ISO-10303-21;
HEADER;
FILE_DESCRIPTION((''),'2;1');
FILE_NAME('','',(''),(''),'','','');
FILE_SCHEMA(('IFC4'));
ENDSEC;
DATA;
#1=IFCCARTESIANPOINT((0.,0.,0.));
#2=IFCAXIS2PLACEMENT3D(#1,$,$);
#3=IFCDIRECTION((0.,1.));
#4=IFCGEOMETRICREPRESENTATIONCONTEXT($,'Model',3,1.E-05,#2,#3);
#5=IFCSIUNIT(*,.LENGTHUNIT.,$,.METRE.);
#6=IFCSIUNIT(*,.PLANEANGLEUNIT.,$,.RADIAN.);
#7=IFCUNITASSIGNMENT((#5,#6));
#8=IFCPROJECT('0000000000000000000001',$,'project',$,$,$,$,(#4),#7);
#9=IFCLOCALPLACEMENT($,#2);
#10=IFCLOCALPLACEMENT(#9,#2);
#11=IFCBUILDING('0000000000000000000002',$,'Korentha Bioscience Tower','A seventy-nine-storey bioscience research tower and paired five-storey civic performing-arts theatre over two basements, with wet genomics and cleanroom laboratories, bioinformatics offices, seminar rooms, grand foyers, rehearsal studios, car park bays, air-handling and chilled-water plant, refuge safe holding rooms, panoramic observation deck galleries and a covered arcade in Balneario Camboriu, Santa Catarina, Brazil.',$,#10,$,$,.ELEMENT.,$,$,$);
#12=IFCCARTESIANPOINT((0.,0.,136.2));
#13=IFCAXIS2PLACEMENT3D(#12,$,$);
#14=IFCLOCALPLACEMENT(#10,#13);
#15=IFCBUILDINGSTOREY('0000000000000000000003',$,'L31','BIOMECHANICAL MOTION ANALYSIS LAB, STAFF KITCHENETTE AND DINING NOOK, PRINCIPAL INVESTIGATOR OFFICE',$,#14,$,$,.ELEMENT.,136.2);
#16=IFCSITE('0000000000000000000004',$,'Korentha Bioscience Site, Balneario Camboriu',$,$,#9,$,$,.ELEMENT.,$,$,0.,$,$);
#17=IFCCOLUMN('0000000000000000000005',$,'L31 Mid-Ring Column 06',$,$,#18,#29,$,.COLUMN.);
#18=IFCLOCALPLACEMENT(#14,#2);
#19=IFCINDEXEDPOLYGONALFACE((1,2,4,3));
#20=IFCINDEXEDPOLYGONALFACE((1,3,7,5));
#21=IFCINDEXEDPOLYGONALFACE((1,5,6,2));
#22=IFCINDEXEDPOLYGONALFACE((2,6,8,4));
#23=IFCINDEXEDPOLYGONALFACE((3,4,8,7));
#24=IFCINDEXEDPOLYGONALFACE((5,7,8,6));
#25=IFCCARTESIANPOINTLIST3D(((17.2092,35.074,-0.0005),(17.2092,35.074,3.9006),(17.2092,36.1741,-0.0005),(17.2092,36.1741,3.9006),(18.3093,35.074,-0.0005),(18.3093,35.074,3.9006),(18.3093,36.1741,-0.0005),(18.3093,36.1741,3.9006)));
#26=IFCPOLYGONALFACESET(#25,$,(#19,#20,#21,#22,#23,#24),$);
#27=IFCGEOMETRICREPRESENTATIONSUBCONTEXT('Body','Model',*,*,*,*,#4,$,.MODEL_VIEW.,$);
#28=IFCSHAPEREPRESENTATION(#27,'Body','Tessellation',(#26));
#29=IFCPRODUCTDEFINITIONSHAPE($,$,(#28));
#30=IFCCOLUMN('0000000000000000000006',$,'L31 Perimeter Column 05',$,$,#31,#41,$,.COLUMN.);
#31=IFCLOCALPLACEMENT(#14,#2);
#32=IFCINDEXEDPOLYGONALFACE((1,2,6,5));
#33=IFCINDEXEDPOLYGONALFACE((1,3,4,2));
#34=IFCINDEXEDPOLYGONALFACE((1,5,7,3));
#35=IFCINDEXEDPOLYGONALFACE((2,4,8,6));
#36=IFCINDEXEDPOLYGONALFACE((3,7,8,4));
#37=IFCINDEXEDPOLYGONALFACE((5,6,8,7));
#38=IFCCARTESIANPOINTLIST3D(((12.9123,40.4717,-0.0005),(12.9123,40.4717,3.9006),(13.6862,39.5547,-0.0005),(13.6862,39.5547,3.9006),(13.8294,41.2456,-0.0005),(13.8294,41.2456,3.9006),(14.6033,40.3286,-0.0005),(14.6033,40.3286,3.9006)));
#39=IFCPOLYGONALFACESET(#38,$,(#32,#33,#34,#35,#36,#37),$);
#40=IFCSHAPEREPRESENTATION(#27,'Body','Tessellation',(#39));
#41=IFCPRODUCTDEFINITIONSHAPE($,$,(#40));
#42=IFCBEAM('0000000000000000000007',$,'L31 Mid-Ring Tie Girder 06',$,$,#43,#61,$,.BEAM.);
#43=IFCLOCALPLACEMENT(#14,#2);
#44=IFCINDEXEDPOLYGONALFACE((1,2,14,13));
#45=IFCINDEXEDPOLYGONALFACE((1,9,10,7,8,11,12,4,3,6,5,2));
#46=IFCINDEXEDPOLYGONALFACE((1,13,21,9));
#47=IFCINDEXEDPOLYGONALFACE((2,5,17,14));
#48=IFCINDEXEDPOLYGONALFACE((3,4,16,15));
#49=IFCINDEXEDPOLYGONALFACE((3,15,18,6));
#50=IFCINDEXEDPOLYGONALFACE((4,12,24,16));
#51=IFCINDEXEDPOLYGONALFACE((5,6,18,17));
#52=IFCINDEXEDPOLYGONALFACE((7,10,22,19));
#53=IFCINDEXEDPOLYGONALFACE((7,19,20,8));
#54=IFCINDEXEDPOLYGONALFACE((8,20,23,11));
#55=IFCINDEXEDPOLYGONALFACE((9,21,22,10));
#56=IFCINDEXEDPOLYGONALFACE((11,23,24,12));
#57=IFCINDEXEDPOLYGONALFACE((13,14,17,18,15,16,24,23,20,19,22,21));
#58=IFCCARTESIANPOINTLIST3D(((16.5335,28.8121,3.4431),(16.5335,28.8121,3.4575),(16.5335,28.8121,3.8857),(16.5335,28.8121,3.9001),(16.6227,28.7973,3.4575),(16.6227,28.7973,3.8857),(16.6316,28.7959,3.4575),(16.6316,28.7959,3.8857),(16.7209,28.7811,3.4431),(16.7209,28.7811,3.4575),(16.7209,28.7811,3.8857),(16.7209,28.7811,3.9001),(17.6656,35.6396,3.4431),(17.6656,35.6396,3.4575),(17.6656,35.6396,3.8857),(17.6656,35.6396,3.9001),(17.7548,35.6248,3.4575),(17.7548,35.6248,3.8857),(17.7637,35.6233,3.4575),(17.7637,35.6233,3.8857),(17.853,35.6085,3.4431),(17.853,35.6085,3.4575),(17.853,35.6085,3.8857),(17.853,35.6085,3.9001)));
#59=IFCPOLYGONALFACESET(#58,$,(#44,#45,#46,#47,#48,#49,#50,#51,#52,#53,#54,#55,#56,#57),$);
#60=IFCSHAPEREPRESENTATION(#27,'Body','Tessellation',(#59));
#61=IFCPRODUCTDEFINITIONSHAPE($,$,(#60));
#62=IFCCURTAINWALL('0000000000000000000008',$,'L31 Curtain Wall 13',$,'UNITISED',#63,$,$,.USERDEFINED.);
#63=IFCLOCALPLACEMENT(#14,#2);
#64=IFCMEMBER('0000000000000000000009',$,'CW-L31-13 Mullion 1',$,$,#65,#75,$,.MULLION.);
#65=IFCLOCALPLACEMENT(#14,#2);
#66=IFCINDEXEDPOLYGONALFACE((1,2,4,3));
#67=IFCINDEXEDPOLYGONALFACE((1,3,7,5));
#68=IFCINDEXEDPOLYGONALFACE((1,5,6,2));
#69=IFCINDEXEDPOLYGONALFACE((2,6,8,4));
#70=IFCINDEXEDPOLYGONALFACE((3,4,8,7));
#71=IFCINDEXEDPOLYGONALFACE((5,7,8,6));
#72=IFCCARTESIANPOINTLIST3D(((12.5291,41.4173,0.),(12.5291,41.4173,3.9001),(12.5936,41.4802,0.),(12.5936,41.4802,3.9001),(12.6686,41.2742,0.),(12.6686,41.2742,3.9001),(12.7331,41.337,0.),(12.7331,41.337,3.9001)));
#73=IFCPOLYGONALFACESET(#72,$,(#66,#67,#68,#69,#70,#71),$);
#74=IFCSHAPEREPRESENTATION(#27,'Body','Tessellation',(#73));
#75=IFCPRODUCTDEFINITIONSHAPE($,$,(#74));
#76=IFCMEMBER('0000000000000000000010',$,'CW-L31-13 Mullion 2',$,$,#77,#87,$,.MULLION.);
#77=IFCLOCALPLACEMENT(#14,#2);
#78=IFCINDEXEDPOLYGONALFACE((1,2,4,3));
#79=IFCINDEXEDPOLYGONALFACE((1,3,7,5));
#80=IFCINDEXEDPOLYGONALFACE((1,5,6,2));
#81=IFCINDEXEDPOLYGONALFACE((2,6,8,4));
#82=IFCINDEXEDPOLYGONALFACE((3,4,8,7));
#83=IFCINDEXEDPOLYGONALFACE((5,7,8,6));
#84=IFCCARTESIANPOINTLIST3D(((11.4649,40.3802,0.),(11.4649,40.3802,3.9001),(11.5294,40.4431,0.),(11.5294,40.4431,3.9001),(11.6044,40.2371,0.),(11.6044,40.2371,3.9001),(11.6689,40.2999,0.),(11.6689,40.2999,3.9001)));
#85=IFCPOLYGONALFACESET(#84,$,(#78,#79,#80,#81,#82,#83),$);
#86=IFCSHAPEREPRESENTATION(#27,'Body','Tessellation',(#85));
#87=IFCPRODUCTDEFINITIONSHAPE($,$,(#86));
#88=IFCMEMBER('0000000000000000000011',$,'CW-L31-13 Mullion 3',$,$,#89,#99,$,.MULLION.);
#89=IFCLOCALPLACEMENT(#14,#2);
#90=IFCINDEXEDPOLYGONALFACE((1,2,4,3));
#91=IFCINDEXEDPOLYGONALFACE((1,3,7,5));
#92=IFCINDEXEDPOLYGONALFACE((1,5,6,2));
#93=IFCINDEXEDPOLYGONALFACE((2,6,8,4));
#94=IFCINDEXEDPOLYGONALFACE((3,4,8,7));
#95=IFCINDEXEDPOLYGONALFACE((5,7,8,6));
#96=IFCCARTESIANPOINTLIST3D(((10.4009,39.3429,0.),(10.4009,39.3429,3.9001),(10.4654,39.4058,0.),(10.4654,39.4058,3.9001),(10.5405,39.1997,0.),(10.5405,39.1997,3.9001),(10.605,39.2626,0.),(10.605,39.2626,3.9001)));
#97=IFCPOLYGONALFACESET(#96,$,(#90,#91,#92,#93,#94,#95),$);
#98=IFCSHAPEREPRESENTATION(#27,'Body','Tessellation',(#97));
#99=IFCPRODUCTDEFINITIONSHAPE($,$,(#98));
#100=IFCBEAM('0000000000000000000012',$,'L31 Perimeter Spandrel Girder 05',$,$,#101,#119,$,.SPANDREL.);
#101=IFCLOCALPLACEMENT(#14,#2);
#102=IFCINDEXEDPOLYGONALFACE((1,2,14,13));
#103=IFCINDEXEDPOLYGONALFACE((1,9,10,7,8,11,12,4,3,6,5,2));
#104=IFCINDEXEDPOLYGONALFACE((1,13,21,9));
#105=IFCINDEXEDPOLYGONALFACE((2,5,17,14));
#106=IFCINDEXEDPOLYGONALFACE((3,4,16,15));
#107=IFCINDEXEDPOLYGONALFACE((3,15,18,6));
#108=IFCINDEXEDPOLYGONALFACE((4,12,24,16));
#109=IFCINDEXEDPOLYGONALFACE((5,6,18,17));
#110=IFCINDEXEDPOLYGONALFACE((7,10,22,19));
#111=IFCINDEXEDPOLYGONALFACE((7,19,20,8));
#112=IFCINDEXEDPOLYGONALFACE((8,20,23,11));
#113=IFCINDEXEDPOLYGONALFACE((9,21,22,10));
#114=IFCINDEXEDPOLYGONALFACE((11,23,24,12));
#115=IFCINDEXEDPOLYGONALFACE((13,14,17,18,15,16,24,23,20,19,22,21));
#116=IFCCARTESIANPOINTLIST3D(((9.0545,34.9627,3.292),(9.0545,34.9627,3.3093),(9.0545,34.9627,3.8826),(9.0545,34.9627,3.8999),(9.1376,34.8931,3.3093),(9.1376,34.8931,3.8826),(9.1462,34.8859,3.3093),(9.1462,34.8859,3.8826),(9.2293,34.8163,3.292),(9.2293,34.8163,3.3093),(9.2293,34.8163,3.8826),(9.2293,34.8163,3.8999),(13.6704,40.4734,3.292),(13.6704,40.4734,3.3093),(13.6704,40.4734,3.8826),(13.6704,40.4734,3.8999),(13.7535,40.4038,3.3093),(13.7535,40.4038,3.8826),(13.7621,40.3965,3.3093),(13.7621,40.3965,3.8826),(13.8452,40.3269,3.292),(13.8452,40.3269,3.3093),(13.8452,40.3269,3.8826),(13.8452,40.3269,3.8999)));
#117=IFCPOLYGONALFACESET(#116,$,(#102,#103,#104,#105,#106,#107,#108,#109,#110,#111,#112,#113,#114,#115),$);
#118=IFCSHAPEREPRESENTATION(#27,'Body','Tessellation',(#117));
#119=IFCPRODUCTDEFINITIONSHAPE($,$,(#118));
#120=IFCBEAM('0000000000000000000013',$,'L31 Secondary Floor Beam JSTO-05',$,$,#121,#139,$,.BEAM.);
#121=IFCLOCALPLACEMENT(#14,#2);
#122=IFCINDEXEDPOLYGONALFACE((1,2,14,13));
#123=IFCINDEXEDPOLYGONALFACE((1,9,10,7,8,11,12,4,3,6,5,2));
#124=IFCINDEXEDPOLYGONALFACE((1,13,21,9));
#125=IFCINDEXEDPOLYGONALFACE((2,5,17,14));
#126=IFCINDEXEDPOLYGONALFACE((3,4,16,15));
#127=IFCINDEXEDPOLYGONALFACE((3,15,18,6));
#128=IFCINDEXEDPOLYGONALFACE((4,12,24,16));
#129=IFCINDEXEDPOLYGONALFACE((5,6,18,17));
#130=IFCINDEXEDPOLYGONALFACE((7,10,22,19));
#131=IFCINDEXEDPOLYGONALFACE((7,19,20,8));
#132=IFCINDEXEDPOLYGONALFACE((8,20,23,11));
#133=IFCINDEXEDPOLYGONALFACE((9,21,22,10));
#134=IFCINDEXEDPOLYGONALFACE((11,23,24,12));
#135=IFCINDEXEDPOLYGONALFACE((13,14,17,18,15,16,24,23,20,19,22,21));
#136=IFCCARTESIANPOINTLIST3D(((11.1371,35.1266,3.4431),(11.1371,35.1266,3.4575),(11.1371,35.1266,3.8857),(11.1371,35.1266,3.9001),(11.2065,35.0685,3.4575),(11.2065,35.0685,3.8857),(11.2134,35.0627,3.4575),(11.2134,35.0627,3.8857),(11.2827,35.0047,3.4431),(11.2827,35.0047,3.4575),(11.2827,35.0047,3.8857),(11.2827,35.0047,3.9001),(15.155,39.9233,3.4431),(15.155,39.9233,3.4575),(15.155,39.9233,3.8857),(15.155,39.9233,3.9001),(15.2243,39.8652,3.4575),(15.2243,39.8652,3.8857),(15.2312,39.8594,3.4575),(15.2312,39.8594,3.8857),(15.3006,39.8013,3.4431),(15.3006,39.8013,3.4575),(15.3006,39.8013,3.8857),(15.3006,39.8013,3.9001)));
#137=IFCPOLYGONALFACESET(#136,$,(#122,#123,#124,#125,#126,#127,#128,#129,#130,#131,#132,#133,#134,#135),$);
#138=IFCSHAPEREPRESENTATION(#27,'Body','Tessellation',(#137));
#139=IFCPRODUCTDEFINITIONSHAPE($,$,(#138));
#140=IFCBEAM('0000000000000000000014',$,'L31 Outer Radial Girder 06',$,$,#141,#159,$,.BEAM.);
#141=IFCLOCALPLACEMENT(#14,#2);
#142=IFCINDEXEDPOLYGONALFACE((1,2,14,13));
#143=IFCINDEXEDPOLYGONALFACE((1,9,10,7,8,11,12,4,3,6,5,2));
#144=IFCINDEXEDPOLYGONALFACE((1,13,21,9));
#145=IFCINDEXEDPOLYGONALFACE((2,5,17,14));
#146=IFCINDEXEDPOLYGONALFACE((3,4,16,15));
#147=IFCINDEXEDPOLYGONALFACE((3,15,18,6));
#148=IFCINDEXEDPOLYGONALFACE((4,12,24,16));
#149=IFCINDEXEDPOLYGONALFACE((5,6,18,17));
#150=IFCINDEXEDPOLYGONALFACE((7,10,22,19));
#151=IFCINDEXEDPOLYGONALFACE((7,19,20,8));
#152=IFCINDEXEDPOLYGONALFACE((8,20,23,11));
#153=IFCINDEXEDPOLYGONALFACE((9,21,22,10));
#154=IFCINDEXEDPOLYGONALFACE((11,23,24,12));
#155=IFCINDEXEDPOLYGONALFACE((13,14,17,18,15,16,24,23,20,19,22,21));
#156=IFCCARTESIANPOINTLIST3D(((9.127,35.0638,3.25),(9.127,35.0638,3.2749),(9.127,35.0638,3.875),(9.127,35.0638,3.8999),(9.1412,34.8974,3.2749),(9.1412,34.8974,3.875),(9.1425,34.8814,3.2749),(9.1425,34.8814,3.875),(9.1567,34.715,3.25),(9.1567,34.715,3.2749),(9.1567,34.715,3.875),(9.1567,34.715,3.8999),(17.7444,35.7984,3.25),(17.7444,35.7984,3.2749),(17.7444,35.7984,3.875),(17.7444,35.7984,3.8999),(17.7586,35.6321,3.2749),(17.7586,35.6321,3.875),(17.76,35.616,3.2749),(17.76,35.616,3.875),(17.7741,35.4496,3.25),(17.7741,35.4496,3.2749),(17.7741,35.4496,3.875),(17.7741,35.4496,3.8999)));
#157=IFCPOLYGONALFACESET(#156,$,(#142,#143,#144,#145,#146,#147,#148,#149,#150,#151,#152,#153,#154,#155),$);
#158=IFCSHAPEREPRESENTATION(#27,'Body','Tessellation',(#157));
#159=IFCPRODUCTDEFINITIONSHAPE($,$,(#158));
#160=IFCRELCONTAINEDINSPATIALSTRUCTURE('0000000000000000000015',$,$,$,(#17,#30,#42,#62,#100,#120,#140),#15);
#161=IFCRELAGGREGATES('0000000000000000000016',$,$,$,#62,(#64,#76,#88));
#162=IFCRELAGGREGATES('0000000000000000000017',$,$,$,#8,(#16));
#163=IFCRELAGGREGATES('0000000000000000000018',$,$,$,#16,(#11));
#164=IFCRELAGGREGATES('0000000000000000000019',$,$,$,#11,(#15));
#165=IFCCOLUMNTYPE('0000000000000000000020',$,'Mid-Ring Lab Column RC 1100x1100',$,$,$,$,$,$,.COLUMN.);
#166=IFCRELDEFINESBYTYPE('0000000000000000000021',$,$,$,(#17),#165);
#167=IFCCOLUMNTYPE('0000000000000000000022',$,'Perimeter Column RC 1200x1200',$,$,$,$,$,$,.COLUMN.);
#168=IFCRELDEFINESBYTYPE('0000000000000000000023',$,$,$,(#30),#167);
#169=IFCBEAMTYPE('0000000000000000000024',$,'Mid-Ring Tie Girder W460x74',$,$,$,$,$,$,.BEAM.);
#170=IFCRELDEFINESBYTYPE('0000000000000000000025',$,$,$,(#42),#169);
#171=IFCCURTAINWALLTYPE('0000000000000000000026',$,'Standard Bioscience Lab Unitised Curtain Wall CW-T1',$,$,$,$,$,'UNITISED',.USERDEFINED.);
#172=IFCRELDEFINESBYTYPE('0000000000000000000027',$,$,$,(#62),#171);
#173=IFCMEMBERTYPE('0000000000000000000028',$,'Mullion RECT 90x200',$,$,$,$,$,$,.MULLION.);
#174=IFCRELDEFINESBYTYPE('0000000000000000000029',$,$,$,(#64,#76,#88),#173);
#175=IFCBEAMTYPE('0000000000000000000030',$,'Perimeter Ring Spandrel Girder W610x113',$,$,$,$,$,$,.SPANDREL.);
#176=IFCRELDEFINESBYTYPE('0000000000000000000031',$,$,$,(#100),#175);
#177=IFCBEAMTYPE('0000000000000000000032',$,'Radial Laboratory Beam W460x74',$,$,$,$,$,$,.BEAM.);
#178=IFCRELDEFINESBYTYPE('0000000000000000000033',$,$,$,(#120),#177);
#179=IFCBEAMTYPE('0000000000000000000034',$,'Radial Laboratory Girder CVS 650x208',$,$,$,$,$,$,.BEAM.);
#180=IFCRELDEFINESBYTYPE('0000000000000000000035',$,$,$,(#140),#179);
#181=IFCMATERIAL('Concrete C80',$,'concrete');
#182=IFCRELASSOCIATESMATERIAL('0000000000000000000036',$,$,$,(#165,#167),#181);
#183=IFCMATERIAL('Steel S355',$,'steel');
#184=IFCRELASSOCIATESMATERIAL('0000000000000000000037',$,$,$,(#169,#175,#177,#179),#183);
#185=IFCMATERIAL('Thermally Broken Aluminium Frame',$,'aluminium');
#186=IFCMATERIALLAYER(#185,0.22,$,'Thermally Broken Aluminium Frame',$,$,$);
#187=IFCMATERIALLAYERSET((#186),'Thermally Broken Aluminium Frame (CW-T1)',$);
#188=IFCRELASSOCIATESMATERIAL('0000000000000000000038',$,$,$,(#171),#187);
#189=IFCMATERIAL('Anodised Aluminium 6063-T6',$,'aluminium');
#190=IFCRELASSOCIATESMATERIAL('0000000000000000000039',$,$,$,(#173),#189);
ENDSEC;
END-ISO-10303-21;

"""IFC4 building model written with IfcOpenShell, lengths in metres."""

from ifc_helpers import new_model, si_unit, direction, frame, origin, origin_2d, place, context, subcontext, project, spatial, rectangle, i_section, extrude, material, layer, layer_set, material_profile, profile_set, type_object, element, aggregate, save


model = new_model("IFC4")

# Units and contexts
model_context = context("Model", 3, precision=1e-05, world=origin(), true_north=direction((0.0, 1.0)))
body_context = subcontext(model_context, "Body", "Model", "MODEL_VIEW")
ifc_project = project(units=[si_unit("LENGTHUNIT", "METRE"), si_unit("PLANEANGLEUNIT", "RADIAN")], contexts=[model_context])

# Site, building, storey
site_placement = place(None, origin())
site = spatial("IfcSite", under=ifc_project, at=site_placement, Name="Korentha Bioscience Site, Balneario Camboriu", CompositionType="ELEMENT", RefElevation=0.0)
building_placement = place(site_placement, origin())
building = spatial("IfcBuilding", under=site, at=building_placement, Name="Korentha Bioscience Tower", Description="A seventy-nine-storey bioscience research tower and paired five-storey civic performing-arts theatre over two basements, with wet genomics and cleanroom laboratories, bioinformatics offices, seminar rooms, grand foyers, rehearsal studios, car park bays, air-handling and chilled-water plant, refuge safe holding rooms, panoramic observation deck galleries and a covered arcade in Balneario Camboriu, Santa Catarina, Brazil.", CompositionType="ELEMENT")
storey_placement = place(building_placement, frame((0.0, 0.0, 136.2)))
storey = spatial("IfcBuildingStorey", under=building, at=storey_placement, Name="L31", Description="BIOMECHANICAL MOTION ANALYSIS LAB, STAFF KITCHENETTE AND DINING NOOK, PRINCIPAL INVESTIGATOR OFFICE", CompositionType="ELEMENT", Elevation=136.2)

# Columns
ifc_material_1 = material(Name="Concrete C80", Category="concrete")
ifc_material_profile_1 = material_profile(ifc_material_1, rectangle(XDim=1.1001, YDim=1.1001, at=origin_2d()), Name="Concrete C80")
ifc_profile_set_1 = profile_set([ifc_material_profile_1], Name="Concrete C80 (COL-MR11)")
column_type_1 = type_object("IfcColumnType", Name="Mid-Ring Lab Column RC 1100x1100", PredefinedType="COLUMN", material=ifc_profile_set_1)
column_1_placement = place(storey_placement, frame((17.7593, 35.624, -0.0005), z_axis=(0.0, 0.0, 1.0), x_axis=(1.0, 0.0, 0.0)))
element("IfcColumn", 1, at=column_1_placement, inside=storey, type_object=column_type_1, Name="L31 Mid-Ring Column 06", PredefinedType="COLUMN", context=body_context, shape_type="SweptSolid", body=[
    extrude(rectangle(XDim=1.1001, YDim=1.1001, at=origin_2d()), origin(), (0.0, 0.0, 1.0), 3.9011),
])
ifc_material_profile_2 = material_profile(ifc_material_1, rectangle(XDim=1.2, YDim=1.2, at=origin_2d()), Name="Concrete C80")
ifc_profile_set_2 = profile_set([ifc_material_profile_2], Name="Concrete C80 (COL-P12)")
column_type_2 = type_object("IfcColumnType", Name="Perimeter Column RC 1200x1200", PredefinedType="COLUMN", material=ifc_profile_set_2)
column_2_placement = place(storey_placement, frame((13.7578, 40.4001, -0.0005), z_axis=(0.0, 0.0, 1.0), x_axis=(0.764246, 0.644924, 0.0)))
element("IfcColumn", 2, at=column_2_placement, inside=storey, type_object=column_type_2, Name="L31 Perimeter Column 05", PredefinedType="COLUMN", context=body_context, shape_type="SweptSolid", body=[
    extrude(rectangle(XDim=1.2, YDim=1.2, at=origin_2d()), origin(), (0.0, 0.0, 1.0), 3.9011),
])

# Beam
ifc_material_2 = material(Name="Steel S355", Category="steel")
ifc_material_profile_3 = material_profile(ifc_material_2, i_section(OverallWidth=0.1899, OverallDepth=0.457, WebThickness=0.009, FlangeThickness=0.0144, at=origin_2d()), Name="Steel S355")
ifc_profile_set_3 = profile_set([ifc_material_profile_3], Name="Steel S355 (MB-460)")
beam_type_1 = type_object("IfcBeamType", Name="Mid-Ring Tie Girder W460x74", PredefinedType="BEAM", material=ifc_profile_set_3)
beam_1_placement = place(storey_placement, frame((17.7593, 35.624, 3.6716), z_axis=(-0.163581, -0.98653, 0.0), x_axis=(0.98653, -0.163581, 0.0)))
element("IfcBeam", 3, at=beam_1_placement, inside=storey, type_object=beam_type_1, Name="L31 Mid-Ring Tie Girder 06", PredefinedType="BEAM", context=body_context, shape_type="SweptSolid", body=[
    extrude(i_section(OverallWidth=0.1899, OverallDepth=0.457, WebThickness=0.009, FlangeThickness=0.0144, at=origin_2d()), origin(), (0.0, 0.0, 1.0), 6.9207),
])

# Curtain wall, members
ifc_material_3 = material(Name="Thermally Broken Aluminium Frame", Category="aluminium")
ifc_layer_1 = layer(ifc_material_3, 0.22, Name="Thermally Broken Aluminium Frame")
ifc_layer_set_1 = layer_set([ifc_layer_1], Name="Thermally Broken Aluminium Frame (CW-T1)")
curtain_wall_type = type_object("IfcCurtainWallType", Name="Standard Bioscience Lab Unitised Curtain Wall CW-T1", ElementType="UNITISED", PredefinedType="USERDEFINED", material=ifc_layer_set_1)
curtain_wall_placement = place(storey_placement, origin())
curtain_wall = element("IfcCurtainWall", 4, at=curtain_wall_placement, inside=storey, type_object=curtain_wall_type, Name="L31 Curtain Wall 13", ObjectType="UNITISED", PredefinedType="USERDEFINED")
ifc_material_4 = material(Name="Anodised Aluminium 6063-T6", Category="aluminium")
ifc_material_profile_4 = material_profile(ifc_material_4, rectangle(XDim=0.0901, YDim=0.2, at=origin_2d()), Name="Anodised Aluminium 6063-T6")
ifc_profile_set_4 = profile_set([ifc_material_profile_4], Name="Anodised Aluminium 6063-T6 (CW-MUL)")
member_type_1 = type_object("IfcMemberType", Name="Mullion RECT 90x200", PredefinedType="MULLION", material=ifc_profile_set_4)
member_1_placement = place(storey_placement, frame((12.6311, 41.3772, 0.0), z_axis=(0.0, 0.0, 1.0), x_axis=(-0.716096, -0.698002, 0.0)))
member_1 = element("IfcMember", 5, at=member_1_placement, type_object=member_type_1, Name="CW-L31-13 Mullion 1", PredefinedType="MULLION", context=body_context, shape_type="SweptSolid", body=[
    extrude(rectangle(XDim=0.0901, YDim=0.2, at=origin_2d()), origin(), (0.0, 0.0, 1.0), 3.9001),
])
member_2_placement = place(storey_placement, frame((11.5669, 40.3401, 0.0), z_axis=(0.0, 0.0, 1.0), x_axis=(-0.716096, -0.698002, 0.0)))
member_2 = element("IfcMember", 6, at=member_2_placement, type_object=member_type_1, Name="CW-L31-13 Mullion 2", PredefinedType="MULLION", context=body_context, shape_type="SweptSolid", body=[
    extrude(rectangle(XDim=0.0901, YDim=0.2, at=origin_2d()), origin(), (0.0, 0.0, 1.0), 3.9001),
])
member_3_placement = place(storey_placement, frame((10.5029, 39.3027, 0.0), z_axis=(0.0, 0.0, 1.0), x_axis=(-0.716096, -0.698002, 0.0)))
member_3 = element("IfcMember", 7, at=member_3_placement, type_object=member_type_1, Name="CW-L31-13 Mullion 3", PredefinedType="MULLION", context=body_context, shape_type="SweptSolid", body=[
    extrude(rectangle(XDim=0.0901, YDim=0.2, at=origin_2d()), origin(), (0.0, 0.0, 1.0), 3.9001),
])

# Beams
ifc_material_profile_5 = material_profile(ifc_material_2, i_section(OverallWidth=0.228, OverallDepth=0.6079, WebThickness=0.0112, FlangeThickness=0.0173, at=origin_2d()), Name="Steel S355")
ifc_profile_set_5 = profile_set([ifc_material_profile_5], Name="Steel S355 (SB-610)")
beam_type_2 = type_object("IfcBeamType", Name="Perimeter Ring Spandrel Girder W610x113", PredefinedType="SPANDREL", material=ifc_profile_set_5)
beam_2_placement = place(storey_placement, frame((13.7578, 40.4001, 3.5959), z_axis=(-0.642127, -0.766599, 0.0), x_axis=(0.766599, -0.642127, 0.0)))
element("IfcBeam", 8, at=beam_2_placement, inside=storey, type_object=beam_type_2, Name="L31 Perimeter Spandrel Girder 05", PredefinedType="SPANDREL", context=body_context, shape_type="SweptSolid", body=[
    extrude(i_section(OverallWidth=0.228, OverallDepth=0.6079, WebThickness=0.0112, FlangeThickness=0.0173, at=origin_2d()), origin(), (0.0, 0.0, 1.0), 7.1885),
])
ifc_material_profile_6 = material_profile(ifc_material_2, i_section(OverallWidth=0.1899, OverallDepth=0.457, WebThickness=0.009, FlangeThickness=0.0144, at=origin_2d()), Name="Steel S355")
ifc_profile_set_6 = profile_set([ifc_material_profile_6], Name="Steel S355 (RB-460)")
beam_type_3 = type_object("IfcBeamType", Name="Radial Laboratory Beam W460x74", PredefinedType="BEAM", material=ifc_profile_set_6)
beam_3_placement = place(storey_placement, frame((15.2278, 39.8623, 3.6716), z_axis=(-0.642128, -0.766597, 0.0), x_axis=(0.766597, -0.642128, 0.0)))
element("IfcBeam", 9, at=beam_3_placement, inside=storey, type_object=beam_type_3, Name="L31 Secondary Floor Beam JSTO-05", PredefinedType="BEAM", context=body_context, shape_type="SweptSolid", body=[
    extrude(i_section(OverallWidth=0.1899, OverallDepth=0.457, WebThickness=0.009, FlangeThickness=0.0144, at=origin_2d()), origin(), (0.0, 0.0, 1.0), 6.2571),
])
ifc_material_profile_7 = material_profile(ifc_material_2, i_section(OverallWidth=0.3501, OverallDepth=0.6499, WebThickness=0.0161, FlangeThickness=0.0249, at=origin_2d()), Name="Steel S355")
ifc_profile_set_7 = profile_set([ifc_material_profile_7], Name="Steel S355 (RB-650)")
beam_type_4 = type_object("IfcBeamType", Name="Radial Laboratory Girder CVS 650x208", PredefinedType="BEAM", material=ifc_profile_set_7)
beam_4_placement = place(storey_placement, frame((17.7593, 35.624, 3.575), z_axis=(-0.996386, -0.08494, 0.0), x_axis=(0.08494, -0.996386, 0.0)))
element("IfcBeam", 10, at=beam_4_placement, inside=storey, type_object=beam_type_4, Name="L31 Outer Radial Girder 06", PredefinedType="BEAM", context=body_context, shape_type="SweptSolid", body=[
    extrude(i_section(OverallWidth=0.3501, OverallDepth=0.6499, WebThickness=0.0161, FlangeThickness=0.0249, at=origin_2d()), origin(), (0.0, 0.0, 1.0), 8.6487),
])

aggregate(curtain_wall, [member_1, member_2, member_3])

save(model, "model.ifc")
